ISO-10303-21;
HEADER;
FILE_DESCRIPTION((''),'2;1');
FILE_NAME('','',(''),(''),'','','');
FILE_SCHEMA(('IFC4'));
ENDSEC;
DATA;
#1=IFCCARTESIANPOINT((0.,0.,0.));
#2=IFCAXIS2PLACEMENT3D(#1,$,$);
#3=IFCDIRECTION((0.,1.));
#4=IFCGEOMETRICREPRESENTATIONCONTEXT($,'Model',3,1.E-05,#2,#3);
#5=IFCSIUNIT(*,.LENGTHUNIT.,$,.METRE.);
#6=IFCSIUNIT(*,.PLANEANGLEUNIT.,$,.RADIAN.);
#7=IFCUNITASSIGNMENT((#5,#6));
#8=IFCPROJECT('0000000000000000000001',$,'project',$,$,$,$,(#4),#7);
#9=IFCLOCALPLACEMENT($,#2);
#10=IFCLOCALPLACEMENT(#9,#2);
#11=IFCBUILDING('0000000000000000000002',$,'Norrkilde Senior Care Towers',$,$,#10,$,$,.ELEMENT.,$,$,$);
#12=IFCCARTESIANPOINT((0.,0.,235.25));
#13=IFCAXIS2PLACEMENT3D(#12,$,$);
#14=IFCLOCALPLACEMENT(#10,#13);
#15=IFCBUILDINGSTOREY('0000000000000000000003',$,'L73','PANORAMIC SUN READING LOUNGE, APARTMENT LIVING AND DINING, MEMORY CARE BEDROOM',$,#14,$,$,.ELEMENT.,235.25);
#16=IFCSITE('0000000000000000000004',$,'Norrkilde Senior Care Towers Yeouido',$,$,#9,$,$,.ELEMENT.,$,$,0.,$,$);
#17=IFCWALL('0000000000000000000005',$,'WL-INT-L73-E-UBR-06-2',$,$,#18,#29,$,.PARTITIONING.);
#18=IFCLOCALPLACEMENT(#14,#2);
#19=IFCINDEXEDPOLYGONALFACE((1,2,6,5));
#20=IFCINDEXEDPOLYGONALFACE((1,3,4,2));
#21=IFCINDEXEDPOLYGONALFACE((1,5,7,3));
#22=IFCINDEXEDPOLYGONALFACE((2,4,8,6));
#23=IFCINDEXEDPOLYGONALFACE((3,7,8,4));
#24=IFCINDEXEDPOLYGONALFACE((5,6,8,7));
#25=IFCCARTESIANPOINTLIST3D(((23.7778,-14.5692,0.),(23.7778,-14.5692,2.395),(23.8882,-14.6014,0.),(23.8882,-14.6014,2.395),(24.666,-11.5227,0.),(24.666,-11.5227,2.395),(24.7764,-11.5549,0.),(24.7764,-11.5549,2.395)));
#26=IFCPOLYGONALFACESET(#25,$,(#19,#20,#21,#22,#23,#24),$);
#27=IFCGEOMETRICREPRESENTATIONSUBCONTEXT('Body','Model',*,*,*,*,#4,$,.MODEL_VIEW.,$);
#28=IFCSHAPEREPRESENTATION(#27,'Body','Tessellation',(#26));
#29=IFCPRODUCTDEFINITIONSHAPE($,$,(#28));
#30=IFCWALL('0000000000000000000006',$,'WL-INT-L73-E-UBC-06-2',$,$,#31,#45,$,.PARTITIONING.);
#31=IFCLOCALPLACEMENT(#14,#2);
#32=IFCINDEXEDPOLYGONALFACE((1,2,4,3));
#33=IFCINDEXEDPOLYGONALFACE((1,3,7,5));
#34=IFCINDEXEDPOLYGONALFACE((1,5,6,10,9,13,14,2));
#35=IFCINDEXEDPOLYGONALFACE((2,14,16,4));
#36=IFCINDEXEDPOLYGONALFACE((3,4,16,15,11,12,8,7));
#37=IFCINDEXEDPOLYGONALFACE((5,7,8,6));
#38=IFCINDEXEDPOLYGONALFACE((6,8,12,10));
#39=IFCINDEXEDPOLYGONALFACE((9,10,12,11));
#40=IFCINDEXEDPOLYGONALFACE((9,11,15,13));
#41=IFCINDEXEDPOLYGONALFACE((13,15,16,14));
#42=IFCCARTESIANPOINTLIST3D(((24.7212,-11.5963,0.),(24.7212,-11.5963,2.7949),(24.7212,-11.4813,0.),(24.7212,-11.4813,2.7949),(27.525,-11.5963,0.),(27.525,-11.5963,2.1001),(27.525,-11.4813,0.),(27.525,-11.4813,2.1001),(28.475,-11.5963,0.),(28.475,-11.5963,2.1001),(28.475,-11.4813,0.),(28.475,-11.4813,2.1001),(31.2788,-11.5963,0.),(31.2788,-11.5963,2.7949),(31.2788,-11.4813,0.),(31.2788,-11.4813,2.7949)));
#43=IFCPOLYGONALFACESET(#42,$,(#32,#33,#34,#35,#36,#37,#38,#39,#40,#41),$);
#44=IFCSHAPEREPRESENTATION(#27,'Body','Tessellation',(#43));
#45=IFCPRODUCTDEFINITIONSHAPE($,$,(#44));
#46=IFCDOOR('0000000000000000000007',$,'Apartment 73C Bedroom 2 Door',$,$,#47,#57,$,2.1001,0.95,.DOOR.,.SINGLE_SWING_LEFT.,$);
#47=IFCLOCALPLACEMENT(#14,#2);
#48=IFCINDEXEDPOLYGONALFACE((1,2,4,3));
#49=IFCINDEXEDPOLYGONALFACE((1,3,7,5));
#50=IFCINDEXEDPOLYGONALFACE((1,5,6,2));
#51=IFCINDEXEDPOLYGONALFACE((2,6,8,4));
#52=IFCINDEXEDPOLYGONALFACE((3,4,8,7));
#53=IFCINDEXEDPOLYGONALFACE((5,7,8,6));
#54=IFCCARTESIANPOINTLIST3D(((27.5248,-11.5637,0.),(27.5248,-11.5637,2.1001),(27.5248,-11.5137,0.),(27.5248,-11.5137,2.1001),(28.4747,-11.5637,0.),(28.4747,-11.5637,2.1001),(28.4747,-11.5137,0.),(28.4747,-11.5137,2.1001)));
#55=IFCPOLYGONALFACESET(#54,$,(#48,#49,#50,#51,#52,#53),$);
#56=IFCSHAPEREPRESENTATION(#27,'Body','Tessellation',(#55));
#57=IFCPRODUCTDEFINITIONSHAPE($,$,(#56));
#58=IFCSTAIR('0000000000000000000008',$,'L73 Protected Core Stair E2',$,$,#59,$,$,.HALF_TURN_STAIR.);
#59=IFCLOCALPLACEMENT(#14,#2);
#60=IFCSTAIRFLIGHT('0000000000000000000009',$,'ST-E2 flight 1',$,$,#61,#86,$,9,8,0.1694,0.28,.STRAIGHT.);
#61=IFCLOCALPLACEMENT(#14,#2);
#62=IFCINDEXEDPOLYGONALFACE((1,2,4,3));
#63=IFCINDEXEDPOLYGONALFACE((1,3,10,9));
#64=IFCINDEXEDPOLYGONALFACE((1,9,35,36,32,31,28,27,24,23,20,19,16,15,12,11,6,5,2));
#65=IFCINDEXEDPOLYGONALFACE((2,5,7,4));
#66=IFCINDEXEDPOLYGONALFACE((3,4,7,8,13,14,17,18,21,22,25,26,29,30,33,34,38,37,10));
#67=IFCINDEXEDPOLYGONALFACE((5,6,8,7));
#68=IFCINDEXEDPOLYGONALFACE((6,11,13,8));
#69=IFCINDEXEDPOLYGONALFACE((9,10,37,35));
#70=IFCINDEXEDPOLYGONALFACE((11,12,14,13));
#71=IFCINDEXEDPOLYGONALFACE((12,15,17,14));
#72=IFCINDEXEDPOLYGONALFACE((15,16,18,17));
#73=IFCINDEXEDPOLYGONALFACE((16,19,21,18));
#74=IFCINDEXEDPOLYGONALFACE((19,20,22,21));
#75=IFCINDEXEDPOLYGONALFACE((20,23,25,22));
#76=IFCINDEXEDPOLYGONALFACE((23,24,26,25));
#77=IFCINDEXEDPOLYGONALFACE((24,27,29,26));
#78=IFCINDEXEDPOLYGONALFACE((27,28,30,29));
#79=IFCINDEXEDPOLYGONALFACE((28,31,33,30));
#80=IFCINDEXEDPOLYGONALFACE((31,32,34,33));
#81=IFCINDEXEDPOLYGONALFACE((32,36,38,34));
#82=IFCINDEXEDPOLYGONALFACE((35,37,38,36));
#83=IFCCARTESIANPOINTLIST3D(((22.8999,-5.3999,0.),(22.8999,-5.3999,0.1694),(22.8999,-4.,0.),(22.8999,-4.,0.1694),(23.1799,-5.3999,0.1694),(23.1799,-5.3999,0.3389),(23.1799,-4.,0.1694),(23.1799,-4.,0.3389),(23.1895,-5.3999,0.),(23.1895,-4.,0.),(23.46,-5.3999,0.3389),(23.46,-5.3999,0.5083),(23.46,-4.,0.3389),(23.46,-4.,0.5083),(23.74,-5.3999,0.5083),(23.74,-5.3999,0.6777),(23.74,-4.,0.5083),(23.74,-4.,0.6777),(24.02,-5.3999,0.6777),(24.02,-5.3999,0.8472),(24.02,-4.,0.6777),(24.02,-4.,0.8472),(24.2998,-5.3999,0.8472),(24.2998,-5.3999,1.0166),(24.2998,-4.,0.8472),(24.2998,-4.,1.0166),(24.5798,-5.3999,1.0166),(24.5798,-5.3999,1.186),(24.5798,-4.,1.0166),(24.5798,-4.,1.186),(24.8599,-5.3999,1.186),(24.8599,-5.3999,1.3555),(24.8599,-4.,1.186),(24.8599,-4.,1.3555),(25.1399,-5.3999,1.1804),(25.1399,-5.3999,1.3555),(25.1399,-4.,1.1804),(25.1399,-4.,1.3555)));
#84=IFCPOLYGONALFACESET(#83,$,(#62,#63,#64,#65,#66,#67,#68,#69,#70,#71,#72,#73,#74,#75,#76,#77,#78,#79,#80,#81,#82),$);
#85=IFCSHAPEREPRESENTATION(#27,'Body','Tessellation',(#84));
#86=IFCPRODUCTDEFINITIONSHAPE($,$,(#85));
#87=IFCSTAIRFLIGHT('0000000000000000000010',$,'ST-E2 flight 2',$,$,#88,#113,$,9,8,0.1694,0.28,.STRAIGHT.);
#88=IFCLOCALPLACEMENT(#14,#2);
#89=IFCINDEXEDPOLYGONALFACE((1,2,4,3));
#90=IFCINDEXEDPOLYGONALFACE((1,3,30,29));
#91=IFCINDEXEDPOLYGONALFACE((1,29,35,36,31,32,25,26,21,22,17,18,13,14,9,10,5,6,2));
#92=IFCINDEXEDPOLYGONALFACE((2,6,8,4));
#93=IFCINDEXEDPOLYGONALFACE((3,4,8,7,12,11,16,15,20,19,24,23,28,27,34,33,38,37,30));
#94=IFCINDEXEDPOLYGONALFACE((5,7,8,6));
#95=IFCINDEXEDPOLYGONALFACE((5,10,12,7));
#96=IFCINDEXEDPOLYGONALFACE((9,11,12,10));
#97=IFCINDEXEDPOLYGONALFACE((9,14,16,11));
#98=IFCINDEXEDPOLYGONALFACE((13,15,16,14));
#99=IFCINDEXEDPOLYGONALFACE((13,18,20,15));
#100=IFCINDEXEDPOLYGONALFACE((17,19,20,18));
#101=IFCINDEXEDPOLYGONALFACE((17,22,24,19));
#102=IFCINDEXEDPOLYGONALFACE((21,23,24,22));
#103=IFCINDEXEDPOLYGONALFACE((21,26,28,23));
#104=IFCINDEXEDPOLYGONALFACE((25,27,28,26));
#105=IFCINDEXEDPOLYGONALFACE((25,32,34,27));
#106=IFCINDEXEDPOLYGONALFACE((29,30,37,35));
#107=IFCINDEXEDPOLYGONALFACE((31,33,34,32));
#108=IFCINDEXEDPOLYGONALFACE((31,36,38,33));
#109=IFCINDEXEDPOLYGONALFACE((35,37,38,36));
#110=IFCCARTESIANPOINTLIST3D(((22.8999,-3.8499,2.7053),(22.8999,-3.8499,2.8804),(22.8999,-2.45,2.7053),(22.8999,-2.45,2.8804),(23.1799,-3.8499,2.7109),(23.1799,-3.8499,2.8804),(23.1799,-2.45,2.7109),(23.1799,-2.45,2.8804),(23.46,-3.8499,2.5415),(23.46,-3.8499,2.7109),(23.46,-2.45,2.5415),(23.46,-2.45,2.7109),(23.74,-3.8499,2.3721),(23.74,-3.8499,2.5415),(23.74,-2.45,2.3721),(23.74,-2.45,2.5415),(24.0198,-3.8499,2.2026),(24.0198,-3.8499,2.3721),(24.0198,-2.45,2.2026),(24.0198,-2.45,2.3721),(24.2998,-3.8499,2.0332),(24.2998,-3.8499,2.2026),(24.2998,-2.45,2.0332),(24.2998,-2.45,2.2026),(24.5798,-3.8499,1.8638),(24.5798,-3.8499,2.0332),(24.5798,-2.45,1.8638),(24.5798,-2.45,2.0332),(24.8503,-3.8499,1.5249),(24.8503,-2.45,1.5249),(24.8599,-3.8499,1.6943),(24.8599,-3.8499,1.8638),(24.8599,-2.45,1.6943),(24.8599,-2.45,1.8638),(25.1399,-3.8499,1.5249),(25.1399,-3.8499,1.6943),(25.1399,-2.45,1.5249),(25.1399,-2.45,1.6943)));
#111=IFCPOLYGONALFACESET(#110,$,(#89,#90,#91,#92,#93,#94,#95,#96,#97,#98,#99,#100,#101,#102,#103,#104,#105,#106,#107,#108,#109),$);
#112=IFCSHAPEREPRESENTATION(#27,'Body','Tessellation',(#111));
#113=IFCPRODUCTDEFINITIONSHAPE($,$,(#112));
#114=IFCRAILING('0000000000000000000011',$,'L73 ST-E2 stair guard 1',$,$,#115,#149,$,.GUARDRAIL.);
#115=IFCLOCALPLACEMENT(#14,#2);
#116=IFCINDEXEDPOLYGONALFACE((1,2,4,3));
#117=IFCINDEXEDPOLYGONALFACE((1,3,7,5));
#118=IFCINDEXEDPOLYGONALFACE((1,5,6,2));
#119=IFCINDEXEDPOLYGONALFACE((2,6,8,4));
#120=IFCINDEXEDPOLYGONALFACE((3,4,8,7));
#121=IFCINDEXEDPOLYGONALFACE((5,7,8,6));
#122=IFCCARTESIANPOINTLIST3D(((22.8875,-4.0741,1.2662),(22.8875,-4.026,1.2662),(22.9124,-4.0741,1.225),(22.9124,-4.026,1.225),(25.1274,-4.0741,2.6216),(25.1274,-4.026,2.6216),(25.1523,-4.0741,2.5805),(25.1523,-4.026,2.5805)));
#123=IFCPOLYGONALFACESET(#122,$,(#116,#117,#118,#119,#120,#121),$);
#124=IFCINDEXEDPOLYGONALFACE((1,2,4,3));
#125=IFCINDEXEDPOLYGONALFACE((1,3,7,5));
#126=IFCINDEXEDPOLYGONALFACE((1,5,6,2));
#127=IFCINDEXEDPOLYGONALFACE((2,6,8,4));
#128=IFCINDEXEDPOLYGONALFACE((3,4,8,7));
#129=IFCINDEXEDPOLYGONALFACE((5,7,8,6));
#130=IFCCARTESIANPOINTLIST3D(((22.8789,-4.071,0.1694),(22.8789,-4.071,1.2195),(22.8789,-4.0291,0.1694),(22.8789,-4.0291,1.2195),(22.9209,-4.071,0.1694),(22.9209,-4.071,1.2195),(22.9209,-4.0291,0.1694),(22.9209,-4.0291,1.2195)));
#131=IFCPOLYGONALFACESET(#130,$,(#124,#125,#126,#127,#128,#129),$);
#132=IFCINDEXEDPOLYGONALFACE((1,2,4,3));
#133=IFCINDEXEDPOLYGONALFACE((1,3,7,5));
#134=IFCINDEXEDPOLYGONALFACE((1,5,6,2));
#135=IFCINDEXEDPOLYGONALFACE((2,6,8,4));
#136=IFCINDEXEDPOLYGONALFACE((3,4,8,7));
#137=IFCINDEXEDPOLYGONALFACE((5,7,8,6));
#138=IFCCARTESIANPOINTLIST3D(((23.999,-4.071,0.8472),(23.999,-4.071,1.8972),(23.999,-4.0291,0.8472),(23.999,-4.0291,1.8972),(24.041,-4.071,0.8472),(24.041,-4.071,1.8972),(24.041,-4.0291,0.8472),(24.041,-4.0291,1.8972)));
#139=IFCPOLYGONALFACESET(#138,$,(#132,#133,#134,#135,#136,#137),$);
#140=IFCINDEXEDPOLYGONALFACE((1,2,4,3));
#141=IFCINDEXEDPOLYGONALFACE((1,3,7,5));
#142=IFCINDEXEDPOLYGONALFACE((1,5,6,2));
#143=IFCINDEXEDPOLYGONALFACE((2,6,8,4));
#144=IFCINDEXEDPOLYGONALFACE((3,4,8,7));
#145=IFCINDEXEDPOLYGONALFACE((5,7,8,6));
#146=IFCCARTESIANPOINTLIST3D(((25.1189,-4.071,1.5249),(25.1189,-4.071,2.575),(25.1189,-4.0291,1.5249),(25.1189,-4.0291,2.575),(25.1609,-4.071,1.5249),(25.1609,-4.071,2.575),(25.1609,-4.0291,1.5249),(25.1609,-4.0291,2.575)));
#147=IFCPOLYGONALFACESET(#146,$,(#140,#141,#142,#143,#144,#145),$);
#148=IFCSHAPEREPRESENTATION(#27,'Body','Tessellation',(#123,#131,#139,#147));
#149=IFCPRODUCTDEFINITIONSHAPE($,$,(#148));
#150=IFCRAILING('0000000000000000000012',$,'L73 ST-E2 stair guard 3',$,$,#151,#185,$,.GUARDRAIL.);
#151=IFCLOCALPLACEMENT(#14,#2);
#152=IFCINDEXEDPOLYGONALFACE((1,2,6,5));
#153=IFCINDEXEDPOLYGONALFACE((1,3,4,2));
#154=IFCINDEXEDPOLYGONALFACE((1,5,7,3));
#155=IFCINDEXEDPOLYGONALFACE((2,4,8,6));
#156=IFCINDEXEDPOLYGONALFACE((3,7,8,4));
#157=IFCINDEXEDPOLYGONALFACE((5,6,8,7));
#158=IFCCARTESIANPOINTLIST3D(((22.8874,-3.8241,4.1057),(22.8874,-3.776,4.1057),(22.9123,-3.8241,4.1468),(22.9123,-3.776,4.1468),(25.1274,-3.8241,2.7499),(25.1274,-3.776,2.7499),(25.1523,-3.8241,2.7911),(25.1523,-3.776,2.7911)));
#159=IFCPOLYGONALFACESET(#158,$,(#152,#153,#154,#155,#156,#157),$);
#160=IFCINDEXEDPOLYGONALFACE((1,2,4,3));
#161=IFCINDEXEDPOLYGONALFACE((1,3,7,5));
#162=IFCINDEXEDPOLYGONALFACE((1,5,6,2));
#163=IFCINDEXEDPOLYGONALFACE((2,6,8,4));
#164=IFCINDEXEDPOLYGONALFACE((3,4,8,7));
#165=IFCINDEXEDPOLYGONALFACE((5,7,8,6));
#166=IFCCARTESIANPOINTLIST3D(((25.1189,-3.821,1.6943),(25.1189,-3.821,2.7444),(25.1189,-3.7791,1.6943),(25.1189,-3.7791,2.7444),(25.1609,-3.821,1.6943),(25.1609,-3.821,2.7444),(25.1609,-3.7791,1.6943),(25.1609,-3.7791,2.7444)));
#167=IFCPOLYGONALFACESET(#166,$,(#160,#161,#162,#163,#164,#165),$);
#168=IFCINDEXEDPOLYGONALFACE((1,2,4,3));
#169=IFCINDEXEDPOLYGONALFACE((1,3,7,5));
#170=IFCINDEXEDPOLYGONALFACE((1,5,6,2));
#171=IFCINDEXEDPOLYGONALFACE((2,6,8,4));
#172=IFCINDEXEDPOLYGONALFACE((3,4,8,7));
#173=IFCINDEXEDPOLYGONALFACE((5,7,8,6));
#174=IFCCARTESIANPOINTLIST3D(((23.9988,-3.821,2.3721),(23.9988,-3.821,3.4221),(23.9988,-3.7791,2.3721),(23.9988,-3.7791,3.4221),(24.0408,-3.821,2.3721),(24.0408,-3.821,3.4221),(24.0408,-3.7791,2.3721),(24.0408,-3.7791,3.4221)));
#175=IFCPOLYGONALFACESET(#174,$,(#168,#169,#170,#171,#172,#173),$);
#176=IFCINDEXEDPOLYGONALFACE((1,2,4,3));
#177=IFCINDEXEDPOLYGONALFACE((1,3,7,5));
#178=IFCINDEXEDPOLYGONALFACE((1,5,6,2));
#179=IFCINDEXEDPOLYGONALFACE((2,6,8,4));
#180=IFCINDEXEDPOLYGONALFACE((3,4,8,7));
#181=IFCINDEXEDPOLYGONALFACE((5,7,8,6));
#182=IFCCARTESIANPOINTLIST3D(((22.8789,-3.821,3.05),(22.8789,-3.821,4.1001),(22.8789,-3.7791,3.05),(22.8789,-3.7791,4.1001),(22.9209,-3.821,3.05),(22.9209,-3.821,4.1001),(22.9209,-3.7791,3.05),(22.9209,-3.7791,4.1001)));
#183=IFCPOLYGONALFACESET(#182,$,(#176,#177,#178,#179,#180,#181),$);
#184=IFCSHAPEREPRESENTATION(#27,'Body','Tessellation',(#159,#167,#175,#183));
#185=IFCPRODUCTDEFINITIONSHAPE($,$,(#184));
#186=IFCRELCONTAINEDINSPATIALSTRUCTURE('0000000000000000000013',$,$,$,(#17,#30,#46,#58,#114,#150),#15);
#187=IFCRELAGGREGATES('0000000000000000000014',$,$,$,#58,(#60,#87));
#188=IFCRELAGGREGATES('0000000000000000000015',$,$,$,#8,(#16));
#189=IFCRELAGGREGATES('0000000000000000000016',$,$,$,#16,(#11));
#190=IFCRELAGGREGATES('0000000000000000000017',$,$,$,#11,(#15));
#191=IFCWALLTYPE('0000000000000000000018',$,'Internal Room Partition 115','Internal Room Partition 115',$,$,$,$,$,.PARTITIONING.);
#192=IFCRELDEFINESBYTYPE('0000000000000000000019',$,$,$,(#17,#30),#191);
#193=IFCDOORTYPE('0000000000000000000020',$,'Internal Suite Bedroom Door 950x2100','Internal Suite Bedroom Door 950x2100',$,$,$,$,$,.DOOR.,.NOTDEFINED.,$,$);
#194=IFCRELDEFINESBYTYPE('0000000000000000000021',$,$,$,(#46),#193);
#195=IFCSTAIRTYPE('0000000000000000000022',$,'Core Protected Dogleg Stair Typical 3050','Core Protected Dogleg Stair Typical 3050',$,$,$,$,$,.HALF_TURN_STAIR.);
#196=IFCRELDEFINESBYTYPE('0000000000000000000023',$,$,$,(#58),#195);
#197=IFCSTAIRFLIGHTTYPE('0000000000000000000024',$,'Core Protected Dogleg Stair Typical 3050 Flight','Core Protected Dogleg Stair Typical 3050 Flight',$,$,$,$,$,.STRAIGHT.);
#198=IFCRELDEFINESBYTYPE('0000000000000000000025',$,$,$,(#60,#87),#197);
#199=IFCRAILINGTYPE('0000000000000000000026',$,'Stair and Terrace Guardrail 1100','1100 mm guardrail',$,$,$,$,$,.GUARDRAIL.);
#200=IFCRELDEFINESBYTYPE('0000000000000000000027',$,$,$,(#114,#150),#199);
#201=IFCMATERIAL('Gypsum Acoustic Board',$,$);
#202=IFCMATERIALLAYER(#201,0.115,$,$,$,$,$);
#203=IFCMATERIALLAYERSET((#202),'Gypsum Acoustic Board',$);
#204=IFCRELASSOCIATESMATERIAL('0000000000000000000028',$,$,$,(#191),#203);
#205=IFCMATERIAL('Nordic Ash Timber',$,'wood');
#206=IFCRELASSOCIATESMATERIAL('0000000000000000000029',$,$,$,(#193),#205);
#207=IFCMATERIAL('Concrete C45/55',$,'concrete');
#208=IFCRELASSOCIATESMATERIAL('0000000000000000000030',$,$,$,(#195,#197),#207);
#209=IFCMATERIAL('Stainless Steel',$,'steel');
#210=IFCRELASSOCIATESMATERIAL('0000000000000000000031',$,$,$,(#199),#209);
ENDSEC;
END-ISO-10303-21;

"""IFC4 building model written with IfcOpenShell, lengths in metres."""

from ifc_helpers import new_model, si_unit, direction, frame, frame_2d, origin, origin_2d, place, context, subcontext, project, spatial, polyline, rectangle, outline, extrude, source, transform, mapped, material, layer, layer_set, type_object, type_shapes, element, fill, aggregate, save


model = new_model("IFC4")

# Units and contexts
model_context = context("Model", 3, precision=1e-05, world=origin(), true_north=direction((0.0, 1.0)))
body_context = subcontext(model_context, "Body", "Model", "MODEL_VIEW")
ifc_project = project(units=[si_unit("LENGTHUNIT", "METRE"), si_unit("PLANEANGLEUNIT", "RADIAN")], contexts=[model_context])

# Site, building, storey
site_placement = place(None, origin())
site = spatial("IfcSite", under=ifc_project, at=site_placement, Name="Norrkilde Senior Care Towers Yeouido", CompositionType="ELEMENT", RefElevation=0.0)
building_placement = place(site_placement, origin())
building = spatial("IfcBuilding", under=site, at=building_placement, Name="Norrkilde Senior Care Towers", CompositionType="ELEMENT")
storey_placement = place(building_placement, frame((0.0, 0.0, 235.25)))
storey = spatial("IfcBuildingStorey", under=building, at=storey_placement, Name="L73", Description="PANORAMIC SUN READING LOUNGE, APARTMENT LIVING AND DINING, MEMORY CARE BEDROOM", CompositionType="ELEMENT", Elevation=235.25)

# Shared definitions
ifc_material_1 = material(Name="Concrete C45/55", Category="concrete")

# Wall
ifc_material_2 = material(Name="Gypsum Acoustic Board")
ifc_layer_1 = layer(ifc_material_2, 0.115)
ifc_layer_set_1 = layer_set([ifc_layer_1], Name="Gypsum Acoustic Board")
wall_type_1 = type_object("IfcWallType", Name="Internal Room Partition 115", Description="Internal Room Partition 115", PredefinedType="PARTITIONING", material=ifc_layer_set_1)
shared_shape_1 = source(origin(), body_context, "Body", "SweptSolid", [
    extrude(rectangle(XDim=3.1733, YDim=0.115, at=frame_2d((1.5867, 0.0))), origin(), (0.0, 0.0, 1.0), 2.395),
])
wall_1_placement = place(storey_placement, frame((24.7212, -11.5388, 0.0), z_axis=(0.0, 0.0, 1.0), x_axis=(-0.279879, -0.960035, 0.0)))
element("IfcWall", 1, at=wall_1_placement, inside=storey, type_object=wall_type_1, Name="WL-INT-L73-E-UBR-06-2", PredefinedType="PARTITIONING", context=body_context, shape_type="MappedRepresentation", body=[
    mapped(shared_shape_1, transform((0.0, 0.0, 0.0), x_axis=(1.0, 0.0, 0.0), y_axis=(0.0, 1.0, 0.0), z_axis=(0.0, 0.0, 1.0), scale=1.0)),
])

# Wall, opening, door
shared_shape_2 = source(origin(), body_context, "Body", "SweptSolid", [
    extrude(rectangle(XDim=6.5576, YDim=0.115, at=frame_2d((3.2788, 0.0))), origin(), (0.0, 0.0, 1.0), 2.7949),
])
type_shapes(wall_type_1, [shared_shape_1, shared_shape_2])
wall_2_placement = place(storey_placement, frame((24.7212, -11.5388, 0.0), z_axis=(0.0, 0.0, 1.0), x_axis=(1.0, 0.0, 0.0)))
wall_2 = element("IfcWall", 2, at=wall_2_placement, inside=storey, type_object=wall_type_1, Name="WL-INT-L73-E-UBC-06-2", PredefinedType="PARTITIONING", context=body_context, shape_type="MappedRepresentation", body=[
    mapped(shared_shape_2, transform((0.0, 0.0, 0.0), x_axis=(1.0, 0.0, 0.0), y_axis=(0.0, 1.0, 0.0), z_axis=(0.0, 0.0, 1.0), scale=1.0)),
])
opening_1_placement = place(wall_2_placement, frame((2.8037, 0.0, 0.0)))
opening_1 = element("IfcOpeningElement", 3, at=opening_1_placement, cuts=wall_2, PredefinedType="OPENING", context=body_context, shape_type="SweptSolid", body=[
    extrude(rectangle(XDim=0.95, YDim=2.1001, at=frame_2d((0.4751, 1.05))), frame((0.0, 0.0674, 0.0), z_axis=(0.0, -1.0, 0.0), x_axis=(1.0, 0.0, 0.0)), (0.0, 0.0, 1.0), 0.135),
])
ifc_material_3 = material(Name="Nordic Ash Timber", Category="wood")
door_type_1 = type_object("IfcDoorType", Name="Internal Suite Bedroom Door 950x2100", Description="Internal Suite Bedroom Door 950x2100", OperationType="NOTDEFINED", PredefinedType="DOOR", material=ifc_material_3)
shared_shape_3 = source(origin(), body_context, "Body", "SweptSolid", [
    extrude(rectangle(XDim=0.95, YDim=2.1001, at=frame_2d((0.4751, 1.05))), frame((0.0, 0.0249, 0.0), z_axis=(0.0, -1.0, 0.0), x_axis=(1.0, 0.0, 0.0)), (0.0, 0.0, 1.0), 0.05),
])
type_shapes(door_type_1, [shared_shape_3])
door_1_placement = place(opening_1_placement, frame((0.95, 0.0, 0.0), z_axis=(0.0, 0.0, 1.0), x_axis=(-1.0, 0.0, 0.0)))
door_1 = element("IfcDoor", 4, at=door_1_placement, inside=storey, type_object=door_type_1, Name="Apartment 73C Bedroom 2 Door", OperationType="SINGLE_SWING_LEFT", OverallHeight=2.1001, OverallWidth=0.95, PredefinedType="DOOR", context=body_context, shape_type="MappedRepresentation", body=[
    mapped(shared_shape_3, transform((0.0, 0.0, 0.0), x_axis=(1.0, 0.0, 0.0), y_axis=(0.0, 1.0, 0.0), z_axis=(0.0, 0.0, 1.0), scale=1.0)),
])
fill(opening_1, door_1)

# Stair, stair flights
stair_type = type_object("IfcStairType", Name="Core Protected Dogleg Stair Typical 3050", Description="Core Protected Dogleg Stair Typical 3050", PredefinedType="HALF_TURN_STAIR", material=ifc_material_1)
stair_placement = place(storey_placement, origin())
stair = element("IfcStair", 5, at=stair_placement, inside=storey, type_object=stair_type, Name="L73 Protected Core Stair E2", PredefinedType="HALF_TURN_STAIR")
stair_flight_type = type_object("IfcStairFlightType", Name="Core Protected Dogleg Stair Typical 3050 Flight", Description="Core Protected Dogleg Stair Typical 3050 Flight", PredefinedType="STRAIGHT", material=ifc_material_1)
stair_flight_1_placement = place(storey_placement, frame((22.8999, -4.7, 0.0), z_axis=(0.0, 0.0, 1.0), x_axis=(1.0, 0.0, 0.0)))
stair_flight_1 = element("IfcStairFlight", 6, at=stair_flight_1_placement, type_object=stair_flight_type, Name="ST-E2 flight 1", NumberOfRisers=9, NumberOfTreads=8, PredefinedType="STRAIGHT", RiserHeight=0.1694, TreadLength=0.28, context=body_context, shape_type="SweptSolid", body=[
    extrude(outline(polyline([(0.0, 0.0), (0.0, 0.1694), (0.28, 0.1694), (0.28, 0.3389), (0.5601, 0.3389), (0.5601, 0.5083), (0.8401, 0.5083), (0.8401, 0.6777), (1.1201, 0.6777), (1.1201, 0.8472), (1.3999, 0.8472), (1.3999, 1.0166), (1.6799, 1.0166), (1.6799, 1.186), (1.96, 1.186), (1.96, 1.3555), (2.24, 1.3555), (2.24, 1.5249), (2.24, 1.1804), (0.2896, 0.0), (0.0, 0.0)])), frame((0.0, 0.7, 0.0), z_axis=(0.0, -1.0, 0.0), x_axis=(1.0, 0.0, 0.0)), (0.0, 0.0, 1.0), 1.3999),
])
stair_flight_2_placement = place(storey_placement, frame((25.1399, -3.1499, 1.5249), z_axis=(0.0, 0.0, 1.0), x_axis=(-1.0, 0.0, 0.0)))
stair_flight_2 = element("IfcStairFlight", 7, at=stair_flight_2_placement, type_object=stair_flight_type, Name="ST-E2 flight 2", NumberOfRisers=9, NumberOfTreads=8, PredefinedType="STRAIGHT", RiserHeight=0.1694, TreadLength=0.28, context=body_context, shape_type="SweptSolid", body=[
    extrude(outline(polyline([(0.0, 0.0), (0.0, 0.1694), (0.28, 0.1694), (0.28, 0.3389), (0.5601, 0.3389), (0.5601, 0.5083), (0.8401, 0.5083), (0.8401, 0.6777), (1.1201, 0.6777), (1.1201, 0.8472), (1.3999, 0.8472), (1.3999, 1.0166), (1.6799, 1.0166), (1.6799, 1.186), (1.96, 1.186), (1.96, 1.3555), (2.24, 1.3555), (2.24, 1.5249), (2.24, 1.1804), (0.2896, 0.0), (0.0, 0.0)])), frame((0.0, 0.7, 0.0), z_axis=(0.0, -1.0, 0.0), x_axis=(1.0, 0.0, 0.0)), (0.0, 0.0, 1.0), 1.3999),
])
aggregate(stair, [stair_flight_1, stair_flight_2])

# Railings
ifc_material_4 = material(Name="Stainless Steel", Category="steel")
railing_type_1 = type_object("IfcRailingType", Name="Stair and Terrace Guardrail 1100", Description="1100 mm guardrail", PredefinedType="GUARDRAIL", material=ifc_material_4)
railing_1_placement = place(storey_placement, frame((22.8999, -4.05, 0.1694)))
element("IfcRailing", 8, at=railing_1_placement, inside=storey, type_object=railing_type_1, Name="L73 ST-E2 stair guard 1", PredefinedType="GUARDRAIL", context=body_context, shape_type="SweptSolid", body=[
    extrude(rectangle(XDim=0.0481, YDim=0.0481, at=origin_2d()), frame((0.0, 0.0, 1.0762), z_axis=(0.855553, 0.0, 0.517715), x_axis=(0.0, 1.0, 0.0)), (0.0, 0.0, 1.0), 2.6182),
    extrude(rectangle(XDim=0.042, YDim=0.042, at=origin_2d()), origin(), (0.0, 0.0, 1.0), 1.05),
    extrude(rectangle(XDim=0.042, YDim=0.042, at=origin_2d()), frame((1.1201, 0.0, 0.6777)), (0.0, 0.0, 1.0), 1.05),
    extrude(rectangle(XDim=0.042, YDim=0.042, at=origin_2d()), frame((2.24, 0.0, 1.3555)), (0.0, 0.0, 1.0), 1.05),
])
railing_2_placement = place(storey_placement, frame((25.1399, -3.8, 1.6943)))
element("IfcRailing", 9, at=railing_2_placement, inside=storey, type_object=railing_type_1, Name="L73 ST-E2 stair guard 3", PredefinedType="GUARDRAIL", context=body_context, shape_type="SweptSolid", body=[
    extrude(rectangle(XDim=0.0481, YDim=0.0481, at=origin_2d()), frame((0.0, 0.0, 1.0762), z_axis=(-0.855512, 0.0, 0.517783), x_axis=(0.0, -1.0, 0.0)), (0.0, 0.0, 1.0), 2.6184),
    extrude(rectangle(XDim=0.042, YDim=0.042, at=origin_2d()), origin(), (0.0, 0.0, 1.0), 1.05),
    extrude(rectangle(XDim=0.042, YDim=0.042, at=origin_2d()), frame((-1.1201, 0.0, 0.6777)), (0.0, 0.0, 1.0), 1.05),
    extrude(rectangle(XDim=0.042, YDim=0.042, at=origin_2d()), frame((-2.24, 0.0, 1.3557)), (0.0, 0.0, 1.0), 1.05),
])

save(model, "model.ifc")
